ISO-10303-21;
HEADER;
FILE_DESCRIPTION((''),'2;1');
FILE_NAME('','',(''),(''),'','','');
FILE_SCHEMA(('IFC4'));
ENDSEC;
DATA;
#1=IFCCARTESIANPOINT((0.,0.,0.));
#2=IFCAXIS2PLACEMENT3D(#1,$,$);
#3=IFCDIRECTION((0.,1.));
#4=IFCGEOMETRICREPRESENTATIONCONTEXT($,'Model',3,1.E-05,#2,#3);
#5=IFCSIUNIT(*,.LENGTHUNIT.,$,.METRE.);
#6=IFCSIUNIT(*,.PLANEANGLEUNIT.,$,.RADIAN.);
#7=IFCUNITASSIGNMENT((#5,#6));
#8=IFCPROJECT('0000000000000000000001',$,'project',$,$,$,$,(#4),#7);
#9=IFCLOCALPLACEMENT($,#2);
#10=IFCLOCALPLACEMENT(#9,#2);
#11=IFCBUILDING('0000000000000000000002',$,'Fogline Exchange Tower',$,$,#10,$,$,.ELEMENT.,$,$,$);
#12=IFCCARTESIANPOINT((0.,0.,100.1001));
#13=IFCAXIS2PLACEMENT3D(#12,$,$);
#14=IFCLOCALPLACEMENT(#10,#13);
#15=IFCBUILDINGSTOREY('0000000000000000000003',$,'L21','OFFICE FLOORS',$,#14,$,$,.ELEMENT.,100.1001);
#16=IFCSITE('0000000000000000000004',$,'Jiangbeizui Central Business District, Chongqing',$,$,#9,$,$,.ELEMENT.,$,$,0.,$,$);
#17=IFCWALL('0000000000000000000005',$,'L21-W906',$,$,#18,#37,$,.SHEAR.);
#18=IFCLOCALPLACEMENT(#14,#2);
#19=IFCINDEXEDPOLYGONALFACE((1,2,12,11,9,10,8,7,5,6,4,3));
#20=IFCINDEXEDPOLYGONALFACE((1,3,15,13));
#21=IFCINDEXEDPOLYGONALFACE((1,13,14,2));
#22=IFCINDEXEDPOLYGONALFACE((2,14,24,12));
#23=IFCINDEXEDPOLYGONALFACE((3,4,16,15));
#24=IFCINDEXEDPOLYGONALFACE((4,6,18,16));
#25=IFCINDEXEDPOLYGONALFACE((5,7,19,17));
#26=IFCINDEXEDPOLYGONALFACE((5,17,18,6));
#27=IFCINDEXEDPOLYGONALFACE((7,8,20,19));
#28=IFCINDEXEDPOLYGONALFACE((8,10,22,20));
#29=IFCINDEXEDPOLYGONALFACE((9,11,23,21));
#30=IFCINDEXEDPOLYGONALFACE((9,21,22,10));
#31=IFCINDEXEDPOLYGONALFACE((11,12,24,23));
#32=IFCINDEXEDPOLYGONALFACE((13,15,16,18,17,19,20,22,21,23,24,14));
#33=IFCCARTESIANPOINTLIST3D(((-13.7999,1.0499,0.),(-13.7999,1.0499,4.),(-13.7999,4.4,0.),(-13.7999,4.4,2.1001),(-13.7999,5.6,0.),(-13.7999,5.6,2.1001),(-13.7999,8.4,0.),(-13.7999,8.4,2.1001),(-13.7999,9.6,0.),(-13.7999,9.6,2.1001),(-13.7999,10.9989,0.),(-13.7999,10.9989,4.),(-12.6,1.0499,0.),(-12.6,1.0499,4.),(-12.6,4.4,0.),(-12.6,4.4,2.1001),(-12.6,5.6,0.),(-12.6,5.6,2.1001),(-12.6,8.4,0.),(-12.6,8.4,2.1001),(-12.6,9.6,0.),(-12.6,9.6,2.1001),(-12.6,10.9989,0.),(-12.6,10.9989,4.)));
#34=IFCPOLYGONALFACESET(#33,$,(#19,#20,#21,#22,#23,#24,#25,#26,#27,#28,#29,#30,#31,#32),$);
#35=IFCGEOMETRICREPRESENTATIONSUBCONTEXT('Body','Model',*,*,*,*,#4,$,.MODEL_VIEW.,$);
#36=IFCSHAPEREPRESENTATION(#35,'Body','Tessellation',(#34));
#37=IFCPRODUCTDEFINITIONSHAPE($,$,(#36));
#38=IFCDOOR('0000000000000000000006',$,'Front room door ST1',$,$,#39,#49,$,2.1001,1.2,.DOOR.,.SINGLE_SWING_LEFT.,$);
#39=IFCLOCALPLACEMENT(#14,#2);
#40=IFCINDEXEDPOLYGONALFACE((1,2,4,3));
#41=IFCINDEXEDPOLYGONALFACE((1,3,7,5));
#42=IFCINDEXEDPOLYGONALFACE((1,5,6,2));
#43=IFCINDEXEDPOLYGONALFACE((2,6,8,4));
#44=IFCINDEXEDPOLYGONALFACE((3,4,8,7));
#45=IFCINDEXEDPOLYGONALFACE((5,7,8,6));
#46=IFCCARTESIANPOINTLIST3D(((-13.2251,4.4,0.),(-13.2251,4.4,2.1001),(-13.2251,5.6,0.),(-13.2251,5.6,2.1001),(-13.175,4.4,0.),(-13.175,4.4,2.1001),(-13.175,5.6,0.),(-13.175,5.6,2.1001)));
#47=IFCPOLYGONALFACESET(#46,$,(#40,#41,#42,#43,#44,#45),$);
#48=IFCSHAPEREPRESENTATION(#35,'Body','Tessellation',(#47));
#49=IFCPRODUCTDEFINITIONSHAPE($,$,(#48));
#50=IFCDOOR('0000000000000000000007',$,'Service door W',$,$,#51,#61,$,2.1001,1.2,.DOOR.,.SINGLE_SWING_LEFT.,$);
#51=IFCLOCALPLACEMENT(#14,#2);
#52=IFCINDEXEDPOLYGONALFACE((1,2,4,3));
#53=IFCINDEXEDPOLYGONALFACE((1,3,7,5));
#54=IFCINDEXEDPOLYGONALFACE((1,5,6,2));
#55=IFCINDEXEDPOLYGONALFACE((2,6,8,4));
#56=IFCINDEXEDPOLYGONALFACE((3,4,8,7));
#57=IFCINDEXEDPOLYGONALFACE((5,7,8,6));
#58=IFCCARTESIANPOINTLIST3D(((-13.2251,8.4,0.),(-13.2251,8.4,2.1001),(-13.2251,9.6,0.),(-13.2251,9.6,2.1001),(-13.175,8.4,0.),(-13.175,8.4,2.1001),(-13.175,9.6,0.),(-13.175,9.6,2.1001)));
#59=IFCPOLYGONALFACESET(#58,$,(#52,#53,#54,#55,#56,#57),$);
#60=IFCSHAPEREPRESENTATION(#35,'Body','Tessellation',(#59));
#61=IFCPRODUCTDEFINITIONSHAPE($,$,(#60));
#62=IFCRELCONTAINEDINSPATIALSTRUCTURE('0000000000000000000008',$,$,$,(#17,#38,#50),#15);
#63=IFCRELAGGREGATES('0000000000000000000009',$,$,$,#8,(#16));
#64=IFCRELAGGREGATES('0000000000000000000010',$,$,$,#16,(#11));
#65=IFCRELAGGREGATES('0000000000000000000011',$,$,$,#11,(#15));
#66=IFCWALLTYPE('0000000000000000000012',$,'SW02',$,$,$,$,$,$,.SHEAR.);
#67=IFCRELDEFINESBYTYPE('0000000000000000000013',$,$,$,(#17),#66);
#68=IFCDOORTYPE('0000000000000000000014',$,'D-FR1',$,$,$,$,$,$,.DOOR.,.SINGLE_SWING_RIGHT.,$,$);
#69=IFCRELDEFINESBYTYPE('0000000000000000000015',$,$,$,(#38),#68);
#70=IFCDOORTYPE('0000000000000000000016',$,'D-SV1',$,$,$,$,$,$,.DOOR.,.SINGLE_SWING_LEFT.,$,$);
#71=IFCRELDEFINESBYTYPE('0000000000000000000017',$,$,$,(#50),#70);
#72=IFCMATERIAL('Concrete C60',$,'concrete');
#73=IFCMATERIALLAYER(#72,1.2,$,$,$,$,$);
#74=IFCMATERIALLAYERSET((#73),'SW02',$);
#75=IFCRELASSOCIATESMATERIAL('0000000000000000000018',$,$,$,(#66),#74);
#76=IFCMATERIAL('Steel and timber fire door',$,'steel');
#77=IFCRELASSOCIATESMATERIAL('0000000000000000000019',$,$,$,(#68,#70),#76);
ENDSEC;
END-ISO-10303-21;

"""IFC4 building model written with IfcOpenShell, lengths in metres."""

from ifc_helpers import new_model, si_unit, direction, frame, frame_2d, origin, place, context, subcontext, project, spatial, rectangle, extrude, material, layer, layer_set, type_object, element, fill, save


model = new_model("IFC4")

# Units and contexts
model_context = context("Model", 3, precision=1e-05, world=origin(), true_north=direction((0.0, 1.0)))
body_context = subcontext(model_context, "Body", "Model", "MODEL_VIEW")
ifc_project = project(units=[si_unit("LENGTHUNIT", "METRE"), si_unit("PLANEANGLEUNIT", "RADIAN")], contexts=[model_context])

# Site, building, storey
site_placement = place(None, origin())
site = spatial("IfcSite", under=ifc_project, at=site_placement, Name="Jiangbeizui Central Business District, Chongqing", CompositionType="ELEMENT", RefElevation=0.0)
building_placement = place(site_placement, origin())
building = spatial("IfcBuilding", under=site, at=building_placement, Name="Fogline Exchange Tower", CompositionType="ELEMENT")
storey_placement = place(building_placement, frame((0.0, 0.0, 100.1001)))
storey = spatial("IfcBuildingStorey", under=building, at=storey_placement, Name="L21", Description="OFFICE FLOORS", CompositionType="ELEMENT", Elevation=100.1001)

# Shared definitions
ifc_material_1 = material(Name="Steel and timber fire door", Category="steel")

# Shared definitions
ifc_material_2 = material(Name="Concrete C60", Category="concrete")
ifc_layer_1 = layer(ifc_material_2, 1.2)
ifc_layer_set_1 = layer_set([ifc_layer_1], Name="SW02")
wall_type_1 = type_object("IfcWallType", Name="SW02", PredefinedType="SHEAR", material=ifc_layer_set_1)

# Wall, openings, doors
wall_1_placement = place(storey_placement, frame((-13.2, 10.999, 0.0), z_axis=(0.0, 0.0, 1.0), x_axis=(0.0, -1.0, 0.0)))
wall_1 = element("IfcWall", 1, at=wall_1_placement, inside=storey, type_object=wall_type_1, Name="L21-W906", PredefinedType="SHEAR", context=body_context, shape_type="SweptSolid", body=[
    extrude(rectangle(XDim=9.949, YDim=1.2, at=frame_2d((4.9746, 0.0))), origin(), (0.0, 0.0, 1.0), 4.0),
])
opening_1_placement = place(wall_1_placement, frame((5.3989, 0.0, 0.0)))
opening_1 = element("IfcOpeningElement", 2, at=opening_1_placement, cuts=wall_1, PredefinedType="OPENING", context=body_context, shape_type="SweptSolid", body=[
    extrude(rectangle(XDim=1.2, YDim=2.1001, at=frame_2d((0.6001, 1.05))), frame((0.0, 0.6099, 0.0), z_axis=(0.0, -1.0, 0.0), x_axis=(1.0, 0.0, 0.0)), (0.0, 0.0, 1.0), 1.22),
])
opening_2_placement = place(wall_1_placement, frame((1.3989, 0.0, 0.0)))
opening_2 = element("IfcOpeningElement", 3, at=opening_2_placement, cuts=wall_1, PredefinedType="OPENING", context=body_context, shape_type="SweptSolid", body=[
    extrude(rectangle(XDim=1.2, YDim=2.1001, at=frame_2d((0.6001, 1.05))), frame((0.0, 0.6099, 0.0), z_axis=(0.0, -1.0, 0.0), x_axis=(1.0, 0.0, 0.0)), (0.0, 0.0, 1.0), 1.22),
])
door_type_1 = type_object("IfcDoorType", Name="D-FR1", OperationType="SINGLE_SWING_RIGHT", PredefinedType="DOOR", material=ifc_material_1)
door_1_placement = place(opening_1_placement, origin())
door_1 = element("IfcDoor", 4, at=door_1_placement, inside=storey, type_object=door_type_1, Name="Front room door ST1", OperationType="SINGLE_SWING_LEFT", OverallHeight=2.1001, OverallWidth=1.2, PredefinedType="DOOR", context=body_context, shape_type="SweptSolid", body=[
    extrude(rectangle(XDim=1.2, YDim=2.1001, at=frame_2d((0.6001, 1.05))), frame((0.0, 0.0249, 0.0), z_axis=(0.0, -1.0, 0.0), x_axis=(1.0, 0.0, 0.0)), (0.0, 0.0, 1.0), 0.05),
])
fill(opening_1, door_1)
door_type_2 = type_object("IfcDoorType", Name="D-SV1", OperationType="SINGLE_SWING_LEFT", PredefinedType="DOOR", material=ifc_material_1)
door_2_placement = place(opening_2_placement, origin())
door_2 = element("IfcDoor", 5, at=door_2_placement, inside=storey, type_object=door_type_2, Name="Service door W", OperationType="SINGLE_SWING_LEFT", OverallHeight=2.1001, OverallWidth=1.2, PredefinedType="DOOR", context=body_context, shape_type="SweptSolid", body=[
    extrude(rectangle(XDim=1.2, YDim=2.1001, at=frame_2d((0.6001, 1.05))), frame((0.0, 0.0249, 0.0), z_axis=(0.0, -1.0, 0.0), x_axis=(1.0, 0.0, 0.0)), (0.0, 0.0, 1.0), 0.05),
])
fill(opening_2, door_2)

save(model, "model.ifc")
